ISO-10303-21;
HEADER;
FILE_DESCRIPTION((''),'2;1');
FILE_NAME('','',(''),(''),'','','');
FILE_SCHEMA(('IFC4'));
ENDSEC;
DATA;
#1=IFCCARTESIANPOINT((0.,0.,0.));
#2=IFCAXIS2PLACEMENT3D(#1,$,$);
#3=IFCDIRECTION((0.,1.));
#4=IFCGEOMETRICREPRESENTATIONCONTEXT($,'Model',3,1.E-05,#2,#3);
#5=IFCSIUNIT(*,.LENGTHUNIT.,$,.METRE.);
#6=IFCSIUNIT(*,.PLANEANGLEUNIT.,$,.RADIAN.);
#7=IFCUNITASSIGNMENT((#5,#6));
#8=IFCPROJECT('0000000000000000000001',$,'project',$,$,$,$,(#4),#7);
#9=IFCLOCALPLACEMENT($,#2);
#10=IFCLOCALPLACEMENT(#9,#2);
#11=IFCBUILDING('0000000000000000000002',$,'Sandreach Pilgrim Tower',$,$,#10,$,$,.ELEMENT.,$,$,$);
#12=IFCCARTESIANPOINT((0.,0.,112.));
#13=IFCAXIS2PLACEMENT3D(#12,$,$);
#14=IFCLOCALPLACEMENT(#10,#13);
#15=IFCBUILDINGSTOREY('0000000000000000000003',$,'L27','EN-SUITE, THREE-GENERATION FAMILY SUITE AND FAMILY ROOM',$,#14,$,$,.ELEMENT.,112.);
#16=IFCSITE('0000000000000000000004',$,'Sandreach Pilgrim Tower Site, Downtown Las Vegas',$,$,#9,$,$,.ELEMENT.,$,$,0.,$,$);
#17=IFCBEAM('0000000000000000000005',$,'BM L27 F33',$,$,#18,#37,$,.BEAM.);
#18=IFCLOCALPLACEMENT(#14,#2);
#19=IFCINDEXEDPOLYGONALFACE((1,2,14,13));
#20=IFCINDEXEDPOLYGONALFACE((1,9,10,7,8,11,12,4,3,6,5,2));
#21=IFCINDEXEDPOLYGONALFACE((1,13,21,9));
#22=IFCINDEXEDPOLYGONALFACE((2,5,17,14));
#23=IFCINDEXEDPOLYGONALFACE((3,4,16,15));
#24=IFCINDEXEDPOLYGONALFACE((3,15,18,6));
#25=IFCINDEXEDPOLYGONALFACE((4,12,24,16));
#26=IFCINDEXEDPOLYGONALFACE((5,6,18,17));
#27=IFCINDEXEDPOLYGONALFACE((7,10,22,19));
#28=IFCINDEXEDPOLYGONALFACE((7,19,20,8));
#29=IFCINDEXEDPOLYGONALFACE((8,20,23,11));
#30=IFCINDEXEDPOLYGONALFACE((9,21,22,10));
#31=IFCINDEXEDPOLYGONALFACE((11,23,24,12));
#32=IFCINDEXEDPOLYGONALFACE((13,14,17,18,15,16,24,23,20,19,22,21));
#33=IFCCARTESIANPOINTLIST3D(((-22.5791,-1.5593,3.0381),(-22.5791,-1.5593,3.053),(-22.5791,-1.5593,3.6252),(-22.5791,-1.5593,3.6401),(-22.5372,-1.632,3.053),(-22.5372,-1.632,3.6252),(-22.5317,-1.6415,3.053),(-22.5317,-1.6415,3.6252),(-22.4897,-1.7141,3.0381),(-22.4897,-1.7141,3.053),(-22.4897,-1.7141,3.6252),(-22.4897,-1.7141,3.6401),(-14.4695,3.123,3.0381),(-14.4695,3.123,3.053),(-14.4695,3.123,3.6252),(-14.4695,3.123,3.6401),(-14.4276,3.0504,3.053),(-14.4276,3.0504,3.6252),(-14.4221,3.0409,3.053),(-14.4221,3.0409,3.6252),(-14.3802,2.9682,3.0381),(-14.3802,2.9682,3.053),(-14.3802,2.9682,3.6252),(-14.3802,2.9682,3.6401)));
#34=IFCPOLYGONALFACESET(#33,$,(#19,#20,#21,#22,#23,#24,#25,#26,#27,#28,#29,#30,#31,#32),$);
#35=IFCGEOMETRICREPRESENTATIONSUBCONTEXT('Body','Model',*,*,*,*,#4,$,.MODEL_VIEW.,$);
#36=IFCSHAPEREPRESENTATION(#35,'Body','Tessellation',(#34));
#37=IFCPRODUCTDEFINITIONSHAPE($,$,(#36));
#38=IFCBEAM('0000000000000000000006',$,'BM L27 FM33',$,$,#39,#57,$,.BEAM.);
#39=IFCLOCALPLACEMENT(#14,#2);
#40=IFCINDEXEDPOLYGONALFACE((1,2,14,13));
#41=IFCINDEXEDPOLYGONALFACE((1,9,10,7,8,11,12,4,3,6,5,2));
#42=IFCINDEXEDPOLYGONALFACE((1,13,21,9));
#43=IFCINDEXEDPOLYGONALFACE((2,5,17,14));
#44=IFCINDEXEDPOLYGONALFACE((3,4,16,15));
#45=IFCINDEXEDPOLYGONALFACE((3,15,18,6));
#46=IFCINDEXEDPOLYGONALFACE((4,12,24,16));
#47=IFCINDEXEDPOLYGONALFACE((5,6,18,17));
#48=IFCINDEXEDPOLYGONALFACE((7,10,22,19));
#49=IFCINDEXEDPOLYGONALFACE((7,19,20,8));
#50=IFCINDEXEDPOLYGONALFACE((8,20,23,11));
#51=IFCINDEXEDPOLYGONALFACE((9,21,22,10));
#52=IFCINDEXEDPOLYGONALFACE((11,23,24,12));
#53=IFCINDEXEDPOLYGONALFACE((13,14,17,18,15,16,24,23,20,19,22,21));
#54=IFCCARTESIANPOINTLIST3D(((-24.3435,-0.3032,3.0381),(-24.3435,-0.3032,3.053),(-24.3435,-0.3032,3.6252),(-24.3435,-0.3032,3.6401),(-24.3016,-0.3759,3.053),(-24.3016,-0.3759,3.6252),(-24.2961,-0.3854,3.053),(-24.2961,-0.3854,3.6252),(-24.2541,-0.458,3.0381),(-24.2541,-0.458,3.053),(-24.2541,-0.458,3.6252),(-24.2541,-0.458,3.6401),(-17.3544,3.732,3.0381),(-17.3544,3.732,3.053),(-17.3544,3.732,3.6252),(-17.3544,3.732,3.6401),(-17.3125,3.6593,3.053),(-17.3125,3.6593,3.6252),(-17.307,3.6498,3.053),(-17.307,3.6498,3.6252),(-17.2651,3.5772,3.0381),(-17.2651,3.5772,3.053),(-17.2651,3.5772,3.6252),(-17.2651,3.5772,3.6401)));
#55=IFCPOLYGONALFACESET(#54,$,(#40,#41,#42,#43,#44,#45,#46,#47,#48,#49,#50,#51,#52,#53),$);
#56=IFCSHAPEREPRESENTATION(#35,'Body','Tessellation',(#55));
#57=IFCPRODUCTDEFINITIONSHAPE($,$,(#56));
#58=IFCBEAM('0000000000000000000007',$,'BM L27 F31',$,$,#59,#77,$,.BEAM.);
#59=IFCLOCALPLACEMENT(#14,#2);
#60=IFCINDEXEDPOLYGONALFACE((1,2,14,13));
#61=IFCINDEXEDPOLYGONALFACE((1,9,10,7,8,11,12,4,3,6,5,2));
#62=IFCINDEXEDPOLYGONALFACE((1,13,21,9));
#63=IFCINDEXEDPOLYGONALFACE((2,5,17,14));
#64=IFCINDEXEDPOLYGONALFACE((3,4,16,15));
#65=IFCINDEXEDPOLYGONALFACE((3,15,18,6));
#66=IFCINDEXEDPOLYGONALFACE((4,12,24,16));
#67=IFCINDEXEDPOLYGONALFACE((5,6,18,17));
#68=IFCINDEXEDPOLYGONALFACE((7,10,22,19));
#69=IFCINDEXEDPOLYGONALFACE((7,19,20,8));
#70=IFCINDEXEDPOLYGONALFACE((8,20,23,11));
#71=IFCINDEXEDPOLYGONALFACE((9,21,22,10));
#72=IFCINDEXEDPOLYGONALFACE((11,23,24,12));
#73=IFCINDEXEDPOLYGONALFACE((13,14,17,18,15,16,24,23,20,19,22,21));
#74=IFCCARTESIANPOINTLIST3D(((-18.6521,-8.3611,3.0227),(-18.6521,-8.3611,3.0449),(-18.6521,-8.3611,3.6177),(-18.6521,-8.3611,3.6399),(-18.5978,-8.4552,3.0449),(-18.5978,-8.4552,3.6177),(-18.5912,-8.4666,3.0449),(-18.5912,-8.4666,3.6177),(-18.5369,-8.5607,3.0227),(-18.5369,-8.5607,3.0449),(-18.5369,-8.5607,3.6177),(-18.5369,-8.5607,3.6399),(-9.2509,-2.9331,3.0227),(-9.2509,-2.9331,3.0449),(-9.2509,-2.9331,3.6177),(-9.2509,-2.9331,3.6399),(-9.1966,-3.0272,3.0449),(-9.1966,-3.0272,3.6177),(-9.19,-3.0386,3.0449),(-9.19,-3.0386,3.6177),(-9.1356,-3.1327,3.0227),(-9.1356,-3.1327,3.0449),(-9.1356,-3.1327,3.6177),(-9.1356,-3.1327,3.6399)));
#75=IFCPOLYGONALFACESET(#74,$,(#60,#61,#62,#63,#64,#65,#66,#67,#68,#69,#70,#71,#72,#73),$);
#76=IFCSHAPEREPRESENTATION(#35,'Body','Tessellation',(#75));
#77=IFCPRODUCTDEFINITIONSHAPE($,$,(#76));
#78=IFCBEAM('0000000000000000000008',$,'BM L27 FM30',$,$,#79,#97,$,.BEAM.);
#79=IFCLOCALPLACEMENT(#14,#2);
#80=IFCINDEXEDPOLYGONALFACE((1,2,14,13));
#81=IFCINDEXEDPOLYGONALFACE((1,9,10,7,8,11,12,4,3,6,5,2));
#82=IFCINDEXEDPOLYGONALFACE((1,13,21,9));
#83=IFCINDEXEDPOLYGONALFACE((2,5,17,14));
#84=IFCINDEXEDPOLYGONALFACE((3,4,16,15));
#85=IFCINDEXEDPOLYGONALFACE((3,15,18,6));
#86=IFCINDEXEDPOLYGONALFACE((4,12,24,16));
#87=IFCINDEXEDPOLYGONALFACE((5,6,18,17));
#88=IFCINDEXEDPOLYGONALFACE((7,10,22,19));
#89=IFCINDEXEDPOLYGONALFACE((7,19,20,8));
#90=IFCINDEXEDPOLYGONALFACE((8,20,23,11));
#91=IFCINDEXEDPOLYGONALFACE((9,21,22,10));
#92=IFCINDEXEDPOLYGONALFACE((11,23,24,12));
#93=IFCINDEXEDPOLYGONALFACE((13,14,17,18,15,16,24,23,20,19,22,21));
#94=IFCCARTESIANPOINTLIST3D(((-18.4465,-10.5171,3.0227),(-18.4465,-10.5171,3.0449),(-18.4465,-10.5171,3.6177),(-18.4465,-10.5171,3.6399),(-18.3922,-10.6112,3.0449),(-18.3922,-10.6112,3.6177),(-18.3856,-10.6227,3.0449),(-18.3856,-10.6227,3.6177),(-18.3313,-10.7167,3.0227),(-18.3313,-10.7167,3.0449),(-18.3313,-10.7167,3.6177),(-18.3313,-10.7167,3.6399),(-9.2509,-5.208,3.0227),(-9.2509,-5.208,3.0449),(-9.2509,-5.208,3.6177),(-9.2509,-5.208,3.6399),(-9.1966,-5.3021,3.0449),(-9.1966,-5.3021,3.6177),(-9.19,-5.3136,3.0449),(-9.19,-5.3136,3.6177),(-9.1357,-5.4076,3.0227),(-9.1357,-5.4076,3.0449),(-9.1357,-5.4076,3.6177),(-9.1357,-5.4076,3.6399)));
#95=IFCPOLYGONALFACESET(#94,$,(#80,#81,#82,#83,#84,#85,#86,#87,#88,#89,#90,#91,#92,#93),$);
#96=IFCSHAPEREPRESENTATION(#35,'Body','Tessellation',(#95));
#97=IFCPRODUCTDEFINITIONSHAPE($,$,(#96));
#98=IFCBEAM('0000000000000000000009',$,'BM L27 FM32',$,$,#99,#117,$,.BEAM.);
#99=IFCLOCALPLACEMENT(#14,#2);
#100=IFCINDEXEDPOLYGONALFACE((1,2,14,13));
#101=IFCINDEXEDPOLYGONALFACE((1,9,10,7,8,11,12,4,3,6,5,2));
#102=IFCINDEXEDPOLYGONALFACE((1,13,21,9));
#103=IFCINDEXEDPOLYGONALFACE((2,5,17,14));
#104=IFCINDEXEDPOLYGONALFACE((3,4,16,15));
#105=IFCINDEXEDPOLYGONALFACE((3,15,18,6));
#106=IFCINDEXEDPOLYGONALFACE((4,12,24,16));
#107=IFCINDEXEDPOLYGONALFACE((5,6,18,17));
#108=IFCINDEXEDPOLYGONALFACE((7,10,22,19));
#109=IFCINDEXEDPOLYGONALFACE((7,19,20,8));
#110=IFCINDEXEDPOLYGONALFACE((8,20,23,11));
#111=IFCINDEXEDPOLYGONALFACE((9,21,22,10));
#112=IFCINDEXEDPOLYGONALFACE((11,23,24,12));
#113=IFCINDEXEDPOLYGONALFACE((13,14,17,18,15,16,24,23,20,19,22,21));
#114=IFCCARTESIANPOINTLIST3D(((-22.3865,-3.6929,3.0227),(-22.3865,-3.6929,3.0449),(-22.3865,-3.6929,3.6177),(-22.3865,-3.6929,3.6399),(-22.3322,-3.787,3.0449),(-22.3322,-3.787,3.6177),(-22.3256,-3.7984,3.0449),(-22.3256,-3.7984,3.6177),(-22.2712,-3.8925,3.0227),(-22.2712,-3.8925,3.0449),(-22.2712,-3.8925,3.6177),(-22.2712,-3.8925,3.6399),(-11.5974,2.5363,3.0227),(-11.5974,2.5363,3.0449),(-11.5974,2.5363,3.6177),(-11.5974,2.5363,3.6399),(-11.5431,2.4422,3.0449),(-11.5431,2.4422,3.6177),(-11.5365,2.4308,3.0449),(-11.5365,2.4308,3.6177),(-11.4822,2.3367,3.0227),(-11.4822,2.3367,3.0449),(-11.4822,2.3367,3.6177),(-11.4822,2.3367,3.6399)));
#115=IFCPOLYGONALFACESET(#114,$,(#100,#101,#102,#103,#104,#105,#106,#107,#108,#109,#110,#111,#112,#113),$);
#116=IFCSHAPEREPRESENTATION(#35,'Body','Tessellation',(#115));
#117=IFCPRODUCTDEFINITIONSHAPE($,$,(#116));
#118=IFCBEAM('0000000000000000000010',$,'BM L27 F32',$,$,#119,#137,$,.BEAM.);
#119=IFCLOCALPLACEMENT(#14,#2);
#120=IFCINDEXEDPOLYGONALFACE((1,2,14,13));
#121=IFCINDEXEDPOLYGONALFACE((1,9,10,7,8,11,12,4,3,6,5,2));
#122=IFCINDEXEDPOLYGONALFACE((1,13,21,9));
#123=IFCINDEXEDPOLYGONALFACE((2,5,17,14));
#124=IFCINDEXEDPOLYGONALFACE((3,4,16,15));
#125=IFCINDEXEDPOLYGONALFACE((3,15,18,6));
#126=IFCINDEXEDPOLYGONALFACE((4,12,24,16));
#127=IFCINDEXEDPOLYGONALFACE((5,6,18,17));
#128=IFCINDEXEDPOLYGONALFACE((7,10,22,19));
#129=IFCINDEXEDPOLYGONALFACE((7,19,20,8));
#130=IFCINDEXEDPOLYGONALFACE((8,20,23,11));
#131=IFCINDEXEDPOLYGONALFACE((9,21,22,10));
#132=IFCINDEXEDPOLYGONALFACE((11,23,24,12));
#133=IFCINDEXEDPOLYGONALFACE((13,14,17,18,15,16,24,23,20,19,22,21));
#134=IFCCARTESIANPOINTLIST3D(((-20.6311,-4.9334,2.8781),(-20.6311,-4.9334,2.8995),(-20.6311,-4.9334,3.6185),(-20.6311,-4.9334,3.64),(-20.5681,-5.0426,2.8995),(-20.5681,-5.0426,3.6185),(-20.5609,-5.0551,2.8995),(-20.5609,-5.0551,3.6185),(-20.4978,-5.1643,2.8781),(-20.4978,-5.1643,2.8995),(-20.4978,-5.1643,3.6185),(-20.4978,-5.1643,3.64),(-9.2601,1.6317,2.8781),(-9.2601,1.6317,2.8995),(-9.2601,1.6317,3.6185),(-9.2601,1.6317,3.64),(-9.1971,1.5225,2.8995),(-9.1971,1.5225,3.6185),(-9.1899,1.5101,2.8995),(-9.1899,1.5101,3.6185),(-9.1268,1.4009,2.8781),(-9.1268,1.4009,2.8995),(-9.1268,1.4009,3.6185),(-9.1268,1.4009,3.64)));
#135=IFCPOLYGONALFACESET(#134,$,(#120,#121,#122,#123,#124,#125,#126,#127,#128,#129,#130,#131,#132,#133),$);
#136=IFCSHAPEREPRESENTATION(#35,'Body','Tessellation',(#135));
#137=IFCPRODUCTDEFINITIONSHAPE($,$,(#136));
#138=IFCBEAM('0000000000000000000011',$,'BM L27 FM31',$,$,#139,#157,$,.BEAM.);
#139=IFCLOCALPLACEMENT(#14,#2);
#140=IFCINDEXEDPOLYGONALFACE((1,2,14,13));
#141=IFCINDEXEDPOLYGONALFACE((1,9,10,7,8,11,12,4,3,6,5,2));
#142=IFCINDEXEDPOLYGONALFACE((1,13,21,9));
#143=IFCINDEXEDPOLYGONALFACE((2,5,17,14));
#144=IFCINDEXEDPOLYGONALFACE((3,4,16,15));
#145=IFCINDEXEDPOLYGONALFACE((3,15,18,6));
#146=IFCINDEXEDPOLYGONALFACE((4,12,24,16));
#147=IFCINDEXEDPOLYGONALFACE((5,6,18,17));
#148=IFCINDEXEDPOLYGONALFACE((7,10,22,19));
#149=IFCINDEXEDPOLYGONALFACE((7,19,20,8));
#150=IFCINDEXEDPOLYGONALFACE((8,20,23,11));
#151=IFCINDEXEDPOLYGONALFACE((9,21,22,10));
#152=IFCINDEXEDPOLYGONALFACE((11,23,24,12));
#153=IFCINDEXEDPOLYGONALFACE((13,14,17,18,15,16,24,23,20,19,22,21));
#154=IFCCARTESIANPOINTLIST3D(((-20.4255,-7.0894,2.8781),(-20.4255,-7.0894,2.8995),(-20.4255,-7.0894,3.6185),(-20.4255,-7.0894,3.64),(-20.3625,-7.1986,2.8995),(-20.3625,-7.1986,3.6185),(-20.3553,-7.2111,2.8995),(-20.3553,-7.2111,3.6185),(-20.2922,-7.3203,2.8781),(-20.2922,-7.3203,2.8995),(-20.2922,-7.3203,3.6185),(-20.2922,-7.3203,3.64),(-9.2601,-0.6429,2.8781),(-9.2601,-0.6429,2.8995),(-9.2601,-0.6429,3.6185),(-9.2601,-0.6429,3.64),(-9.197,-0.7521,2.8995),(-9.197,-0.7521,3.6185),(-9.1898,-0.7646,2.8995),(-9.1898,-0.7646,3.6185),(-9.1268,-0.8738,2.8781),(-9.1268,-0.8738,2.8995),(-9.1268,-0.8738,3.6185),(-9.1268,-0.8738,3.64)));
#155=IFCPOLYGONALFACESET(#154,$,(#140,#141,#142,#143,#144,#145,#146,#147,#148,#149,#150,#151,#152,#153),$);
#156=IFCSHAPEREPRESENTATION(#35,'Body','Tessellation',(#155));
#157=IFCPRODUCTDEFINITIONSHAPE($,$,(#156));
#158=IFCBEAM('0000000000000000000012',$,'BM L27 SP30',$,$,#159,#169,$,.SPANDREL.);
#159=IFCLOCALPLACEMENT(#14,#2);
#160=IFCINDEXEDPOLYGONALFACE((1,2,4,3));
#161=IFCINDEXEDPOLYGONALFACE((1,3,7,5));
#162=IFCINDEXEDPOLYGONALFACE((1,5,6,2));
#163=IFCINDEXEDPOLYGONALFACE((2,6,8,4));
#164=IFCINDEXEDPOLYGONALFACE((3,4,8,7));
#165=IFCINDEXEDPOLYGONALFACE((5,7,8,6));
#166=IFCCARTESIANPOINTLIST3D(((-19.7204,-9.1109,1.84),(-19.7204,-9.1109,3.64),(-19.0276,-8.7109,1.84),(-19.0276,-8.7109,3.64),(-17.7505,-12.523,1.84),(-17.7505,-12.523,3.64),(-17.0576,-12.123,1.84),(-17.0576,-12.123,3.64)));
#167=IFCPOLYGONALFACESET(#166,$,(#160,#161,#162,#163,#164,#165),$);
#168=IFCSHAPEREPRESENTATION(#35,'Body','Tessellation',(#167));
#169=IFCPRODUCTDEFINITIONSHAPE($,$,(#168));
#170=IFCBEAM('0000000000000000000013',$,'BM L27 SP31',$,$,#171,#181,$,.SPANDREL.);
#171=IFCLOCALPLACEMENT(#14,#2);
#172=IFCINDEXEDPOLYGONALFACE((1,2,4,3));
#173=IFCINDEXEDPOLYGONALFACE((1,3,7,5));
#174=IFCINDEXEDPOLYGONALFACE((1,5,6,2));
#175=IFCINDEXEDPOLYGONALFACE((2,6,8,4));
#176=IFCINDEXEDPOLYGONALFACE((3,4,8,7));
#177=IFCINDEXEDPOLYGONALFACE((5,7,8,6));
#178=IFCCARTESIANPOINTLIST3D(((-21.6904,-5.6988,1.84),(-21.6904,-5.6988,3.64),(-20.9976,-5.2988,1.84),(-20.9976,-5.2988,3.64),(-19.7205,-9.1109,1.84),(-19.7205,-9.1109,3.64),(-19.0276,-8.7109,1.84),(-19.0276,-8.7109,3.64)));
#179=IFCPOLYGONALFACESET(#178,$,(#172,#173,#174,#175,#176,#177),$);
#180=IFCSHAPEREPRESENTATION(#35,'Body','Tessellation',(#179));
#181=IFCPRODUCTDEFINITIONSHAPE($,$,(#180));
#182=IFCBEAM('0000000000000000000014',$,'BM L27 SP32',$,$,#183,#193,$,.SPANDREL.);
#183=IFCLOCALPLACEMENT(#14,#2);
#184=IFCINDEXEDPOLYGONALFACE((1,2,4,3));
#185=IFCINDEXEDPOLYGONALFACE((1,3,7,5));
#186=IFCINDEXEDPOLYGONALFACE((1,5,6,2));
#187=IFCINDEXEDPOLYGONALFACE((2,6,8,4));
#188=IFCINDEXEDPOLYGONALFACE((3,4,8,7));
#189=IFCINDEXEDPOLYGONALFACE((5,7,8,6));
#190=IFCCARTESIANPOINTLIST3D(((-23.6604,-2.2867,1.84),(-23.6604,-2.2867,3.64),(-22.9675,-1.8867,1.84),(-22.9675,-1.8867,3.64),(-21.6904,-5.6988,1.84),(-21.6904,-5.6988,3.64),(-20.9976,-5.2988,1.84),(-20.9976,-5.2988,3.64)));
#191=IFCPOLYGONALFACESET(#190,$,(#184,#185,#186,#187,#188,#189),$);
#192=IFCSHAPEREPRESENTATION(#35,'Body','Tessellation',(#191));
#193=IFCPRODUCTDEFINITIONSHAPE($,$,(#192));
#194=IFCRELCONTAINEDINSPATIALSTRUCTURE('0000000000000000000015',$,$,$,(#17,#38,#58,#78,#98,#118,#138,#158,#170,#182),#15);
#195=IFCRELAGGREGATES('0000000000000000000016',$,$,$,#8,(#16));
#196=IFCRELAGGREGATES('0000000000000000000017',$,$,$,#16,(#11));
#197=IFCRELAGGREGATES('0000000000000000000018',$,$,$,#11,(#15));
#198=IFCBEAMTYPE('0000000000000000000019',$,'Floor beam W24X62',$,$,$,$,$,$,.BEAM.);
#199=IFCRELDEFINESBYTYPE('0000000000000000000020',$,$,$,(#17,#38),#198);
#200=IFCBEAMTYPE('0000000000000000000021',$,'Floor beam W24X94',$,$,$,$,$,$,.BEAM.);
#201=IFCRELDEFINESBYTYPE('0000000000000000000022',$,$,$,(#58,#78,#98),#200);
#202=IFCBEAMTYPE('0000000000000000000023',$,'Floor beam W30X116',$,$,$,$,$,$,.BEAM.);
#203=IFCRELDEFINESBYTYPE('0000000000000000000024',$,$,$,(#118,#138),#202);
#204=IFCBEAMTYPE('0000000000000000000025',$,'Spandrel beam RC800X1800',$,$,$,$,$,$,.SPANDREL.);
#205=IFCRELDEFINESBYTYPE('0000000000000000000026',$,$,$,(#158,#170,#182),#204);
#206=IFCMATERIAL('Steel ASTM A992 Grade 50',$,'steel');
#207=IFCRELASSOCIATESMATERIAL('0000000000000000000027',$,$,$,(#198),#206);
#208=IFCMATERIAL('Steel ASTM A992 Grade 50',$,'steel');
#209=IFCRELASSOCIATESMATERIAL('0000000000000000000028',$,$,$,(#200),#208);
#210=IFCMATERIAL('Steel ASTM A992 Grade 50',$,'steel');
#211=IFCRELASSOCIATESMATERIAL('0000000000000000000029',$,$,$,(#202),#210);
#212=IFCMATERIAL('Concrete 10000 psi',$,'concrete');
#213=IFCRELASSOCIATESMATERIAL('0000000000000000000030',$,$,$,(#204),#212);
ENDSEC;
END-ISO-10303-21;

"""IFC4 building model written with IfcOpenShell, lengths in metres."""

from ifc_helpers import new_model, si_unit, direction, frame, origin, origin_2d, place, context, subcontext, project, spatial, rectangle, i_section, extrude, material, material_profile, profile_set, type_object, element, save


model = new_model("IFC4")

# Units and contexts
model_context = context("Model", 3, precision=1e-05, world=origin(), true_north=direction((0.0, 1.0)))
body_context = subcontext(model_context, "Body", "Model", "MODEL_VIEW")
ifc_project = project(units=[si_unit("LENGTHUNIT", "METRE"), si_unit("PLANEANGLEUNIT", "RADIAN")], contexts=[model_context])

# Site, building, storey
site_placement = place(None, origin())
site = spatial("IfcSite", under=ifc_project, at=site_placement, Name="Sandreach Pilgrim Tower Site, Downtown Las Vegas", CompositionType="ELEMENT", RefElevation=0.0)
building_placement = place(site_placement, origin())
building = spatial("IfcBuilding", under=site, at=building_placement, Name="Sandreach Pilgrim Tower", CompositionType="ELEMENT")
storey_placement = place(building_placement, frame((0.0, 0.0, 112.0)))
storey = spatial("IfcBuildingStorey", under=building, at=storey_placement, Name="L27", Description="EN-SUITE, THREE-GENERATION FAMILY SUITE AND FAMILY ROOM", CompositionType="ELEMENT", Elevation=112.0)

# Beams
ifc_material_1 = material(Name="Steel ASTM A992 Grade 50", Category="steel")
ifc_material_profile_1 = material_profile(ifc_material_1, i_section(OverallWidth=0.1787, OverallDepth=0.6021, WebThickness=0.011, FlangeThickness=0.0149, at=origin_2d()), Name="W24X62")
ifc_profile_set_1 = profile_set([ifc_material_profile_1], Name="Steel ASTM A992 Grade 50")
beam_type_1 = type_object("IfcBeamType", Name="Floor beam W24X62", PredefinedType="BEAM", material=ifc_profile_set_1)
beam_1_placement = place(storey_placement, frame((-22.5344, -1.6367, 3.3391), z_axis=(0.866012, 0.500023, 0.0), x_axis=(-0.500023, 0.866012, 0.0)))
element("IfcBeam", 1, at=beam_1_placement, inside=storey, type_object=beam_type_1, Name="BM L27 F33", PredefinedType="BEAM", context=body_context, shape_type="SweptSolid", body=[
    extrude(i_section(OverallWidth=0.1787, OverallDepth=0.6021, WebThickness=0.011, FlangeThickness=0.0149, at=origin_2d()), origin(), (0.0, 0.0, 1.0), 9.3643),
])
beam_2_placement = place(storey_placement, frame((-24.2988, -0.3806, 3.3391), z_axis=(0.866023, 0.500004, 0.0), x_axis=(-0.500004, 0.866023, 0.0)))
element("IfcBeam", 2, at=beam_2_placement, inside=storey, type_object=beam_type_1, Name="BM L27 FM33", PredefinedType="BEAM", context=body_context, shape_type="SweptSolid", body=[
    extrude(i_section(OverallWidth=0.1787, OverallDepth=0.6021, WebThickness=0.011, FlangeThickness=0.0149, at=origin_2d()), origin(), (0.0, 0.0, 1.0), 8.0703),
])
ifc_material_2 = material(Name="Steel ASTM A992 Grade 50", Category="steel")
ifc_material_profile_2 = material_profile(ifc_material_2, i_section(OverallWidth=0.2305, OverallDepth=0.6172, WebThickness=0.0132, FlangeThickness=0.0222, at=origin_2d()), Name="W24X94")
ifc_profile_set_2 = profile_set([ifc_material_profile_2], Name="Steel ASTM A992 Grade 50")
beam_type_2 = type_object("IfcBeamType", Name="Floor beam W24X94", PredefinedType="BEAM", material=ifc_profile_set_2)
beam_3_placement = place(storey_placement, frame((-18.5945, -8.4609, 3.3313), z_axis=(0.866016, 0.500016, 0.0), x_axis=(-0.500016, 0.866016, 0.0)))
element("IfcBeam", 3, at=beam_3_placement, inside=storey, type_object=beam_type_2, Name="BM L27 F31", PredefinedType="BEAM", context=body_context, shape_type="SweptSolid", body=[
    extrude(i_section(OverallWidth=0.2305, OverallDepth=0.6172, WebThickness=0.0132, FlangeThickness=0.0222, at=origin_2d()), origin(), (0.0, 0.0, 1.0), 10.8557),
])
beam_4_placement = place(storey_placement, frame((-18.3889, -10.6169, 3.3313), z_axis=(0.866024, 0.500002, 0.0), x_axis=(-0.500002, 0.866024, 0.0)))
element("IfcBeam", 4, at=beam_4_placement, inside=storey, type_object=beam_type_2, Name="BM L27 FM30", PredefinedType="BEAM", context=body_context, shape_type="SweptSolid", body=[
    extrude(i_section(OverallWidth=0.2305, OverallDepth=0.6172, WebThickness=0.0132, FlangeThickness=0.0222, at=origin_2d()), origin(), (0.0, 0.0, 1.0), 10.6182),
])
beam_5_placement = place(storey_placement, frame((-22.3289, -3.7927, 3.3313), z_axis=(0.866019, 0.500011, 0.0), x_axis=(-0.500011, 0.866019, 0.0)))
element("IfcBeam", 5, at=beam_5_placement, inside=storey, type_object=beam_type_2, Name="BM L27 FM32", PredefinedType="BEAM", context=body_context, shape_type="SweptSolid", body=[
    extrude(i_section(OverallWidth=0.2305, OverallDepth=0.6172, WebThickness=0.0132, FlangeThickness=0.0222, at=origin_2d()), origin(), (0.0, 0.0, 1.0), 12.4583),
])
ifc_material_3 = material(Name="Steel ASTM A992 Grade 50", Category="steel")
ifc_material_profile_3 = material_profile(ifc_material_3, i_section(OverallWidth=0.2666, OverallDepth=0.762, WebThickness=0.0144, FlangeThickness=0.0215, at=origin_2d()), Name="W30X116")
ifc_profile_set_3 = profile_set([ifc_material_profile_3], Name="Steel ASTM A992 Grade 50")
beam_type_3 = type_object("IfcBeamType", Name="Floor beam W30X116", PredefinedType="BEAM", material=ifc_profile_set_3)
beam_6_placement = place(storey_placement, frame((-20.5645, -5.0488, 3.259), z_axis=(0.866023, 0.500005, 0.0), x_axis=(-0.500005, 0.866023, 0.0)))
element("IfcBeam", 6, at=beam_6_placement, inside=storey, type_object=beam_type_3, Name="BM L27 F32", PredefinedType="BEAM", context=body_context, shape_type="SweptSolid", body=[
    extrude(i_section(OverallWidth=0.2666, OverallDepth=0.762, WebThickness=0.0144, FlangeThickness=0.0215, at=origin_2d()), origin(), (0.0, 0.0, 1.0), 13.1301),
])
beam_7_placement = place(storey_placement, frame((-20.3589, -7.2048, 3.259), z_axis=(0.866022, 0.500007, 0.0), x_axis=(-0.500007, 0.866022, 0.0)))
element("IfcBeam", 7, at=beam_7_placement, inside=storey, type_object=beam_type_3, Name="BM L27 FM31", PredefinedType="BEAM", context=body_context, shape_type="SweptSolid", body=[
    extrude(i_section(OverallWidth=0.2666, OverallDepth=0.762, WebThickness=0.0144, FlangeThickness=0.0215, at=origin_2d()), origin(), (0.0, 0.0, 1.0), 12.8928),
])
ifc_material_4 = material(Name="Concrete 10000 psi", Category="concrete")
ifc_material_profile_4 = material_profile(ifc_material_4, rectangle(XDim=0.8, YDim=1.8, at=origin_2d()), Name="RC800X1800")
ifc_profile_set_4 = profile_set([ifc_material_profile_4], Name="Concrete 10000 psi")
beam_type_4 = type_object("IfcBeamType", Name="Spandrel beam RC800X1800", PredefinedType="SPANDREL", material=ifc_profile_set_4)
for number, where, z_axis, x_axis, name in (
    (8, (-17.4041, -12.323, 2.74), (-0.499998, 0.866027, 0.0), (-0.866027, -0.499998, 0.0), "BM L27 SP30"),
    (9, (-19.374, -8.9109, 2.74), (-0.499998, 0.866027, 0.0), (-0.866027, -0.499998, 0.0), "BM L27 SP31"),
    (10, (-21.344, -5.4988, 2.74), (-0.499998, 0.866027, 0.0), (-0.866027, -0.499998, 0.0), "BM L27 SP32"),
):
    element("IfcBeam", number, at=place(storey_placement, frame(where, z_axis=z_axis, x_axis=x_axis)), inside=storey, type_object=beam_type_4, Name=name, PredefinedType="SPANDREL", context=body_context, shape_type="SweptSolid", body=[
        extrude(rectangle(XDim=0.8, YDim=1.8, at=origin_2d()), origin(), (0.0, 0.0, 1.0), 3.9399),
    ])

save(model, "model.ifc")
